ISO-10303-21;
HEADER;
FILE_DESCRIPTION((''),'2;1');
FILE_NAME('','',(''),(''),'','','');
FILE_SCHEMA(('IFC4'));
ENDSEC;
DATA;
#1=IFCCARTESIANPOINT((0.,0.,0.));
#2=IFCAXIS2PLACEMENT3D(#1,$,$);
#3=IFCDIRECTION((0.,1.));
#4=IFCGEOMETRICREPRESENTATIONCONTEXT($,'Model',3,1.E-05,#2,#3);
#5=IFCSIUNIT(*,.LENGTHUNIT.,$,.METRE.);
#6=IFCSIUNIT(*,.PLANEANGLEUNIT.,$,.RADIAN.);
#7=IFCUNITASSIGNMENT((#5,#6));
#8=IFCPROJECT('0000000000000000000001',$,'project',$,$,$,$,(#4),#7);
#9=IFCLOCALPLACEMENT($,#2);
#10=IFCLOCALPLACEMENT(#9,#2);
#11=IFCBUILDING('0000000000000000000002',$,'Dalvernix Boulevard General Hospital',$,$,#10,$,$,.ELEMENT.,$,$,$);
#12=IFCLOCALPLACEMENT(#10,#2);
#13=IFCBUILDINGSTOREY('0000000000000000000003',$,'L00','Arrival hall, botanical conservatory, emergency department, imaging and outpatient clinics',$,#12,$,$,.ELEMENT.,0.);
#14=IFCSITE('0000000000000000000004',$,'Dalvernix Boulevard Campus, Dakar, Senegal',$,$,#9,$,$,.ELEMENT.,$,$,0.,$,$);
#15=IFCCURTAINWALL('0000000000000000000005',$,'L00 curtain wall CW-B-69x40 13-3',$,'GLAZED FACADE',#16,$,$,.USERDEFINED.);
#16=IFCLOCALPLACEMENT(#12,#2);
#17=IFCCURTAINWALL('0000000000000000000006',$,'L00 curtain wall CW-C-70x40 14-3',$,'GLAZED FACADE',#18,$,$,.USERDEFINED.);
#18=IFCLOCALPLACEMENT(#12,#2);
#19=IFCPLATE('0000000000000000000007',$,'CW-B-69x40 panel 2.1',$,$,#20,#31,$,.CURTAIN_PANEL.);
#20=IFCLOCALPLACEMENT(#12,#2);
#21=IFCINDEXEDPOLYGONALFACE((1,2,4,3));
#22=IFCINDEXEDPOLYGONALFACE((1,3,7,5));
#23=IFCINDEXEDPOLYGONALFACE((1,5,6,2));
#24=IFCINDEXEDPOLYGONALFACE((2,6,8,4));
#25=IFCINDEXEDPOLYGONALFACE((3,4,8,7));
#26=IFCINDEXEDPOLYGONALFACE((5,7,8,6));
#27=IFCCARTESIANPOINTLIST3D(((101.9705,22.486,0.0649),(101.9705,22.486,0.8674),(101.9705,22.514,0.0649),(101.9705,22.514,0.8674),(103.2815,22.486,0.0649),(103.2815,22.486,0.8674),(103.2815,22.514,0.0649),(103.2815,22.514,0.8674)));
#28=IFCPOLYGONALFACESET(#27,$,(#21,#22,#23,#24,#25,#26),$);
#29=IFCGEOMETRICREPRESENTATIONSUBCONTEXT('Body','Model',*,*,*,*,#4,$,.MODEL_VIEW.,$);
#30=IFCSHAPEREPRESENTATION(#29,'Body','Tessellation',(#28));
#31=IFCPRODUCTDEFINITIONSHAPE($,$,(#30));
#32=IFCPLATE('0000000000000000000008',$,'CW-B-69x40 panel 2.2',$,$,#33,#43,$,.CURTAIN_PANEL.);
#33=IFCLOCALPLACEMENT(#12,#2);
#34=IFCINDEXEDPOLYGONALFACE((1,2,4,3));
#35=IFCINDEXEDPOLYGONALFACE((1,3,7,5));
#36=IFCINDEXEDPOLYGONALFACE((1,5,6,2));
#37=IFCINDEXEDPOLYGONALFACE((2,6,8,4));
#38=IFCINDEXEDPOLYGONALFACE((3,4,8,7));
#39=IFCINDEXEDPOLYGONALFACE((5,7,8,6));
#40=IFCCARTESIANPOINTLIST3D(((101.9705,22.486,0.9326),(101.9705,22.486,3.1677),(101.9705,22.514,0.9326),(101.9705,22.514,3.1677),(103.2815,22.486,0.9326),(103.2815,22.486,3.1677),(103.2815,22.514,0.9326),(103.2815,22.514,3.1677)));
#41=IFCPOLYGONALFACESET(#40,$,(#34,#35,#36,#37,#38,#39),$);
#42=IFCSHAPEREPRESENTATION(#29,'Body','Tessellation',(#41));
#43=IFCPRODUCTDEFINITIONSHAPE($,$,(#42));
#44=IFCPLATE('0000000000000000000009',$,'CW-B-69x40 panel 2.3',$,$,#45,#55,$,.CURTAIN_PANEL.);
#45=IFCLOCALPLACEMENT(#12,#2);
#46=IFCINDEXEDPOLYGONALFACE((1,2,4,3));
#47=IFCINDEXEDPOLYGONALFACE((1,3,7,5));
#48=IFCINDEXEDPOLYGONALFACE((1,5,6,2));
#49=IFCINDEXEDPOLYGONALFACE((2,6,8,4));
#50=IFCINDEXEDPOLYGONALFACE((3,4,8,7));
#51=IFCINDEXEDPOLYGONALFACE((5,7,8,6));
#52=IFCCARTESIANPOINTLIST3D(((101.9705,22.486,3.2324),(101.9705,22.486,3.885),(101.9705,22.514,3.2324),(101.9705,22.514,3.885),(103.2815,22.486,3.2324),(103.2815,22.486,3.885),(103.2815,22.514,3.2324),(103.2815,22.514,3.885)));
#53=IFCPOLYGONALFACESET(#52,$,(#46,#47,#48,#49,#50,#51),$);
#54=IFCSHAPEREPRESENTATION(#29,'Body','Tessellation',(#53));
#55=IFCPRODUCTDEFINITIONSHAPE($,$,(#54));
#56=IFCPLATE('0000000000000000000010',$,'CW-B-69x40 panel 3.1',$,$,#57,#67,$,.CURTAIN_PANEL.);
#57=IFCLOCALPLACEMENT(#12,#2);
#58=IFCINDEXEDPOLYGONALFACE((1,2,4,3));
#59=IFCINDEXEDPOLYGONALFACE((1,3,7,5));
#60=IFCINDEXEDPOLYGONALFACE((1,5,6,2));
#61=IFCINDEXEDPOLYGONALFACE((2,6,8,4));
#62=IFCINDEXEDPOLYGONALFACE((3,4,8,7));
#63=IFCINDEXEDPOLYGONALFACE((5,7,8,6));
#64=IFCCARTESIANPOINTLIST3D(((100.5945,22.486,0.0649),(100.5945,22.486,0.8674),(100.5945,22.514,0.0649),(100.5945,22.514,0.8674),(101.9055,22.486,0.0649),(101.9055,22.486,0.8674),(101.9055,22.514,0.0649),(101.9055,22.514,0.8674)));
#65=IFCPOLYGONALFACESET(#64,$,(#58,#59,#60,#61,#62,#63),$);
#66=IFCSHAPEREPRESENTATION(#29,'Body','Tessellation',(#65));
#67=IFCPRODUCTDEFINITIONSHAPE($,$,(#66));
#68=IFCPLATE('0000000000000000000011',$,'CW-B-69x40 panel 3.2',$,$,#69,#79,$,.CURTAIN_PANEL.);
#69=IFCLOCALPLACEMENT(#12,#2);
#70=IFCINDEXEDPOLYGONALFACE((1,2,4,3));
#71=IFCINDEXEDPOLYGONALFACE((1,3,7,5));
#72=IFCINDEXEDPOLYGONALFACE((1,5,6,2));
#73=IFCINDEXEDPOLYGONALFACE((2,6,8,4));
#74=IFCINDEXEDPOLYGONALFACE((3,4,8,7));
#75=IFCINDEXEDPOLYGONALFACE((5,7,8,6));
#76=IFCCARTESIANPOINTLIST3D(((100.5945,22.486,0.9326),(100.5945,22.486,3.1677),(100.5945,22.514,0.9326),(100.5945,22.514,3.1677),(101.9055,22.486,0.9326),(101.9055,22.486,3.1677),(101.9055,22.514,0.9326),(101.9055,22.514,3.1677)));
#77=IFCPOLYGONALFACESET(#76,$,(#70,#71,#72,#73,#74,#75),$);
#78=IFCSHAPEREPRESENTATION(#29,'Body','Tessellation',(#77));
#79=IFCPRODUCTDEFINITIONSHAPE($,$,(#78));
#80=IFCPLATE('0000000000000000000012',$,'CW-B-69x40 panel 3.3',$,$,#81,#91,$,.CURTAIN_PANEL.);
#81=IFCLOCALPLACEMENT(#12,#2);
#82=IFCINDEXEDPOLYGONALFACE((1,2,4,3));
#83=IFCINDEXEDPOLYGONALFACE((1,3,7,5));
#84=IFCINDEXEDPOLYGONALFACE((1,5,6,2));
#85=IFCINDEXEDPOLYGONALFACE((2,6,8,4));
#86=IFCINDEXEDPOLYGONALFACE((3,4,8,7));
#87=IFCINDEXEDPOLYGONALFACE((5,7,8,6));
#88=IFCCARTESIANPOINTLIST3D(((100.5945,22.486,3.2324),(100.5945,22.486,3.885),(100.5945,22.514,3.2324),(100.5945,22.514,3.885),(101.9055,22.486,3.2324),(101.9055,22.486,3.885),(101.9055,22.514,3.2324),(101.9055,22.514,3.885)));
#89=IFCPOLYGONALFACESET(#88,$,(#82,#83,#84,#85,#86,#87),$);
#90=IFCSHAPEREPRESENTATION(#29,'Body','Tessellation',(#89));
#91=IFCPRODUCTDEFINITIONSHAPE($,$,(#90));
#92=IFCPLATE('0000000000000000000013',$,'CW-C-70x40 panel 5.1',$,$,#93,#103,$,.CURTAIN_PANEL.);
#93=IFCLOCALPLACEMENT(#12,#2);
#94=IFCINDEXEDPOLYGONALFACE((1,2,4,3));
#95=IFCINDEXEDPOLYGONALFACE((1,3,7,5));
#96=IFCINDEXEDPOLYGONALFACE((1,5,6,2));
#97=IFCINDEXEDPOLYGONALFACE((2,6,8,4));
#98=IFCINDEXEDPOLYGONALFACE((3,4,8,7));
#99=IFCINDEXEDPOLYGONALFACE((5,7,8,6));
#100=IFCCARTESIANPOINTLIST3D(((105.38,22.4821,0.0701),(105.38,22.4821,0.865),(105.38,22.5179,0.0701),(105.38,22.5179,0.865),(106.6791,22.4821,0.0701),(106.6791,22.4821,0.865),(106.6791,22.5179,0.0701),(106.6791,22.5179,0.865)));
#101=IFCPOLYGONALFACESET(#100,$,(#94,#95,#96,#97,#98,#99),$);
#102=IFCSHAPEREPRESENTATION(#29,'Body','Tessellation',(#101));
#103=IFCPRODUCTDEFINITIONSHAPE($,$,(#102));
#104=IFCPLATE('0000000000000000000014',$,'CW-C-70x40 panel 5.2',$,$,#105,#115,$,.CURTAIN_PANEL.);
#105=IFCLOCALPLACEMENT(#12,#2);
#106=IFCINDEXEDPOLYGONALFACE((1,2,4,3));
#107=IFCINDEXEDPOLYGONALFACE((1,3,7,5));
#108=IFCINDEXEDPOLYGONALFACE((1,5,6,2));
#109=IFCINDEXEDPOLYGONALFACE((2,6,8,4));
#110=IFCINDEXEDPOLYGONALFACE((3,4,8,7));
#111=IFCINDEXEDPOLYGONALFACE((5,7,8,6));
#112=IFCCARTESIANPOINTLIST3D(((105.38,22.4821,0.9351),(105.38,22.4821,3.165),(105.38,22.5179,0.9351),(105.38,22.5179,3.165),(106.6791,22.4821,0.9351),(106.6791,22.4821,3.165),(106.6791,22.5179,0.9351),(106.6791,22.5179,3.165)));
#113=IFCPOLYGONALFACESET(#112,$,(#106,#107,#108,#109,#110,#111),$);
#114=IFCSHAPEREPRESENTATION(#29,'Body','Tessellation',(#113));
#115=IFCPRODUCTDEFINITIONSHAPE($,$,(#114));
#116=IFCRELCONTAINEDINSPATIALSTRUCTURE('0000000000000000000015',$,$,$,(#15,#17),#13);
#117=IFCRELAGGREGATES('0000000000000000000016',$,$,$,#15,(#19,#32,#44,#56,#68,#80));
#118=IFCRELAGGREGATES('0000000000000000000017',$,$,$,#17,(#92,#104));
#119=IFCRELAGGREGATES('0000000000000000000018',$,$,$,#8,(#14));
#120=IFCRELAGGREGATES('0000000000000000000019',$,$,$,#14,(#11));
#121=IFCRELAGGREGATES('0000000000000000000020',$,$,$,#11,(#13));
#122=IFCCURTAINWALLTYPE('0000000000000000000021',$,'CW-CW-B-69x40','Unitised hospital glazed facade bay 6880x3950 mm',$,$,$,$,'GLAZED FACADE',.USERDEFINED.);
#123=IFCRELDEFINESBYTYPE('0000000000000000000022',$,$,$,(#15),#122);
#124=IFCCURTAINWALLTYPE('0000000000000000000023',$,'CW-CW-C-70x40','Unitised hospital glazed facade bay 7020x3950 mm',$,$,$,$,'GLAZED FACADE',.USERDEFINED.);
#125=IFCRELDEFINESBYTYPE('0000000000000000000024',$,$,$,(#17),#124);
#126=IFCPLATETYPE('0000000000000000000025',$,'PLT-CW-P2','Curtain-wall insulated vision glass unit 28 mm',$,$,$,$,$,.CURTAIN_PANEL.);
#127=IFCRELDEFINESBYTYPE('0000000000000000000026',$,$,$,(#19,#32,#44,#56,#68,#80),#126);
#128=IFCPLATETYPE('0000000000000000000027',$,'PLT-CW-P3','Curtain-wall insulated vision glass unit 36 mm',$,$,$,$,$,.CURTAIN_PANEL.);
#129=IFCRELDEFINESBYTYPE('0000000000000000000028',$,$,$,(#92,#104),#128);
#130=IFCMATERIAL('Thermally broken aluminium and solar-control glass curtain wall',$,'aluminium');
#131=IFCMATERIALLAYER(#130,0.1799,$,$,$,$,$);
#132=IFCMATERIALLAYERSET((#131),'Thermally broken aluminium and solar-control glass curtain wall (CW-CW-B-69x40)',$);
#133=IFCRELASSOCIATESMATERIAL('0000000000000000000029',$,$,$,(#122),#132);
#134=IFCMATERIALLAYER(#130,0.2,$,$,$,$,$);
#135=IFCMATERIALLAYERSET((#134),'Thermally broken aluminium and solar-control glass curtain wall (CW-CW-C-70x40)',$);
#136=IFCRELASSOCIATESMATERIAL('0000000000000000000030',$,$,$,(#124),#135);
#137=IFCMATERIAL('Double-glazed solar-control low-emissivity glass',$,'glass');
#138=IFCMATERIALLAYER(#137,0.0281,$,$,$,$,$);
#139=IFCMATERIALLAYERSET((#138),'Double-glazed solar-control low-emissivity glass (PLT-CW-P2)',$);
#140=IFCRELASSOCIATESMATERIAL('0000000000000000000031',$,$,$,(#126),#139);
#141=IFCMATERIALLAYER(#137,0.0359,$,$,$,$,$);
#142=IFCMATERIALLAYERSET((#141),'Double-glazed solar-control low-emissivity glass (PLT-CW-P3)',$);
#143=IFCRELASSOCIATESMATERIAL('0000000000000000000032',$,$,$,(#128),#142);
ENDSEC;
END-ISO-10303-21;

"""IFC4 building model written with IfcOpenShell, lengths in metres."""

from ifc_helpers import new_model, si_unit, direction, frame, origin, origin_2d, place, context, subcontext, project, spatial, rectangle, extrude, material, layer, layer_set, type_object, element, aggregate, save


model = new_model("IFC4")

# Units and contexts
model_context = context("Model", 3, precision=1e-05, world=origin(), true_north=direction((0.0, 1.0)))
body_context = subcontext(model_context, "Body", "Model", "MODEL_VIEW")
ifc_project = project(units=[si_unit("LENGTHUNIT", "METRE"), si_unit("PLANEANGLEUNIT", "RADIAN")], contexts=[model_context])

# Site, building, storey
site_placement = place(None, origin())
site = spatial("IfcSite", under=ifc_project, at=site_placement, Name="Dalvernix Boulevard Campus, Dakar, Senegal", CompositionType="ELEMENT", RefElevation=0.0)
building_placement = place(site_placement, origin())
building = spatial("IfcBuilding", under=site, at=building_placement, Name="Dalvernix Boulevard General Hospital", CompositionType="ELEMENT")
storey_placement = place(building_placement, origin())
storey = spatial("IfcBuildingStorey", under=building, at=storey_placement, Name="L00", Description="Arrival hall, botanical conservatory, emergency department, imaging and outpatient clinics", CompositionType="ELEMENT", Elevation=0.0)

# Curtain wall
ifc_material_1 = material(Name="Thermally broken aluminium and solar-control glass curtain wall", Category="aluminium")
ifc_layer_1 = layer(ifc_material_1, 0.1799)
ifc_layer_set_1 = layer_set([ifc_layer_1], Name="Thermally broken aluminium and solar-control glass curtain wall (CW-CW-B-69x40)")
curtain_wall_type_1 = type_object("IfcCurtainWallType", Name="CW-CW-B-69x40", Description="Unitised hospital glazed facade bay 6880x3950 mm", ElementType="GLAZED FACADE", PredefinedType="USERDEFINED", material=ifc_layer_set_1)
curtain_wall_1_placement = place(storey_placement, origin())
curtain_wall_1 = element("IfcCurtainWall", 1, at=curtain_wall_1_placement, inside=storey, type_object=curtain_wall_type_1, Name="L00 curtain wall CW-B-69x40 13-3", ObjectType="GLAZED FACADE", PredefinedType="USERDEFINED")

# Curtain wall
ifc_layer_2 = layer(ifc_material_1, 0.2)
ifc_layer_set_2 = layer_set([ifc_layer_2], Name="Thermally broken aluminium and solar-control glass curtain wall (CW-CW-C-70x40)")
curtain_wall_type_2 = type_object("IfcCurtainWallType", Name="CW-CW-C-70x40", Description="Unitised hospital glazed facade bay 7020x3950 mm", ElementType="GLAZED FACADE", PredefinedType="USERDEFINED", material=ifc_layer_set_2)
curtain_wall_2_placement = place(storey_placement, origin())
curtain_wall_2 = element("IfcCurtainWall", 2, at=curtain_wall_2_placement, inside=storey, type_object=curtain_wall_type_2, Name="L00 curtain wall CW-C-70x40 14-3", ObjectType="GLAZED FACADE", PredefinedType="USERDEFINED")

# Plates
ifc_material_2 = material(Name="Double-glazed solar-control low-emissivity glass", Category="glass")
ifc_layer_3 = layer(ifc_material_2, 0.0281)
ifc_layer_set_3 = layer_set([ifc_layer_3], Name="Double-glazed solar-control low-emissivity glass (PLT-CW-P2)")
plate_type_1 = type_object("IfcPlateType", Name="PLT-CW-P2", Description="Curtain-wall insulated vision glass unit 28 mm", PredefinedType="CURTAIN_PANEL", material=ifc_layer_set_3)
plate_1_placement = place(storey_placement, frame((102.626, 22.5, 0.0649), z_axis=(0.0, 0.0, 1.0), x_axis=(-1.0, 0.0, 0.0)))
plate_1 = element("IfcPlate", 3, at=plate_1_placement, type_object=plate_type_1, Name="CW-B-69x40 panel 2.1", PredefinedType="CURTAIN_PANEL", context=body_context, shape_type="SweptSolid", body=[
    extrude(rectangle(XDim=1.311, YDim=0.0281, at=origin_2d()), origin(), (0.0, 0.0, 1.0), 0.8025),
])
plate_2_placement = place(storey_placement, frame((102.626, 22.5, 0.9326), z_axis=(0.0, 0.0, 1.0), x_axis=(-1.0, 0.0, 0.0)))
plate_2 = element("IfcPlate", 4, at=plate_2_placement, type_object=plate_type_1, Name="CW-B-69x40 panel 2.2", PredefinedType="CURTAIN_PANEL", context=body_context, shape_type="SweptSolid", body=[
    extrude(rectangle(XDim=1.311, YDim=0.0281, at=origin_2d()), origin(), (0.0, 0.0, 1.0), 2.2351),
])
plate_3_placement = place(storey_placement, frame((102.626, 22.5, 3.2324), z_axis=(0.0, 0.0, 1.0), x_axis=(-1.0, 0.0, 0.0)))
plate_3 = element("IfcPlate", 5, at=plate_3_placement, type_object=plate_type_1, Name="CW-B-69x40 panel 2.3", PredefinedType="CURTAIN_PANEL", context=body_context, shape_type="SweptSolid", body=[
    extrude(rectangle(XDim=1.311, YDim=0.0281, at=origin_2d()), origin(), (0.0, 0.0, 1.0), 0.6526),
])
plate_4_placement = place(storey_placement, frame((101.25, 22.5, 0.0649), z_axis=(0.0, 0.0, 1.0), x_axis=(-1.0, 0.0, 0.0)))
plate_4 = element("IfcPlate", 6, at=plate_4_placement, type_object=plate_type_1, Name="CW-B-69x40 panel 3.1", PredefinedType="CURTAIN_PANEL", context=body_context, shape_type="SweptSolid", body=[
    extrude(rectangle(XDim=1.311, YDim=0.0281, at=origin_2d()), origin(), (0.0, 0.0, 1.0), 0.8025),
])
plate_5_placement = place(storey_placement, frame((101.25, 22.5, 0.9326), z_axis=(0.0, 0.0, 1.0), x_axis=(-1.0, 0.0, 0.0)))
plate_5 = element("IfcPlate", 7, at=plate_5_placement, type_object=plate_type_1, Name="CW-B-69x40 panel 3.2", PredefinedType="CURTAIN_PANEL", context=body_context, shape_type="SweptSolid", body=[
    extrude(rectangle(XDim=1.311, YDim=0.0281, at=origin_2d()), origin(), (0.0, 0.0, 1.0), 2.2351),
])
plate_6_placement = place(storey_placement, frame((101.25, 22.5, 3.2324), z_axis=(0.0, 0.0, 1.0), x_axis=(-1.0, 0.0, 0.0)))
plate_6 = element("IfcPlate", 8, at=plate_6_placement, type_object=plate_type_1, Name="CW-B-69x40 panel 3.3", PredefinedType="CURTAIN_PANEL", context=body_context, shape_type="SweptSolid", body=[
    extrude(rectangle(XDim=1.311, YDim=0.0281, at=origin_2d()), origin(), (0.0, 0.0, 1.0), 0.6526),
])
aggregate(curtain_wall_1, [plate_1, plate_2, plate_3, plate_4, plate_5, plate_6])
ifc_layer_4 = layer(ifc_material_2, 0.0359)
ifc_layer_set_4 = layer_set([ifc_layer_4], Name="Double-glazed solar-control low-emissivity glass (PLT-CW-P3)")
plate_type_2 = type_object("IfcPlateType", Name="PLT-CW-P3", Description="Curtain-wall insulated vision glass unit 36 mm", PredefinedType="CURTAIN_PANEL", material=ifc_layer_set_4)
plate_7_placement = place(storey_placement, frame((106.0295, 22.5, 0.0701), z_axis=(0.0, 0.0, 1.0), x_axis=(-1.0, 0.0, 0.0)))
plate_7 = element("IfcPlate", 9, at=plate_7_placement, type_object=plate_type_2, Name="CW-C-70x40 panel 5.1", PredefinedType="CURTAIN_PANEL", context=body_context, shape_type="SweptSolid", body=[
    extrude(rectangle(XDim=1.2991, YDim=0.0359, at=origin_2d()), origin(), (0.0, 0.0, 1.0), 0.7949),
])
plate_8_placement = place(storey_placement, frame((106.0295, 22.5, 0.9351), z_axis=(0.0, 0.0, 1.0), x_axis=(-1.0, 0.0, 0.0)))
plate_8 = element("IfcPlate", 10, at=plate_8_placement, type_object=plate_type_2, Name="CW-C-70x40 panel 5.2", PredefinedType="CURTAIN_PANEL", context=body_context, shape_type="SweptSolid", body=[
    extrude(rectangle(XDim=1.2991, YDim=0.0359, at=origin_2d()), origin(), (0.0, 0.0, 1.0), 2.23),
])
aggregate(curtain_wall_2, [plate_7, plate_8])

save(model, "model.ifc")
